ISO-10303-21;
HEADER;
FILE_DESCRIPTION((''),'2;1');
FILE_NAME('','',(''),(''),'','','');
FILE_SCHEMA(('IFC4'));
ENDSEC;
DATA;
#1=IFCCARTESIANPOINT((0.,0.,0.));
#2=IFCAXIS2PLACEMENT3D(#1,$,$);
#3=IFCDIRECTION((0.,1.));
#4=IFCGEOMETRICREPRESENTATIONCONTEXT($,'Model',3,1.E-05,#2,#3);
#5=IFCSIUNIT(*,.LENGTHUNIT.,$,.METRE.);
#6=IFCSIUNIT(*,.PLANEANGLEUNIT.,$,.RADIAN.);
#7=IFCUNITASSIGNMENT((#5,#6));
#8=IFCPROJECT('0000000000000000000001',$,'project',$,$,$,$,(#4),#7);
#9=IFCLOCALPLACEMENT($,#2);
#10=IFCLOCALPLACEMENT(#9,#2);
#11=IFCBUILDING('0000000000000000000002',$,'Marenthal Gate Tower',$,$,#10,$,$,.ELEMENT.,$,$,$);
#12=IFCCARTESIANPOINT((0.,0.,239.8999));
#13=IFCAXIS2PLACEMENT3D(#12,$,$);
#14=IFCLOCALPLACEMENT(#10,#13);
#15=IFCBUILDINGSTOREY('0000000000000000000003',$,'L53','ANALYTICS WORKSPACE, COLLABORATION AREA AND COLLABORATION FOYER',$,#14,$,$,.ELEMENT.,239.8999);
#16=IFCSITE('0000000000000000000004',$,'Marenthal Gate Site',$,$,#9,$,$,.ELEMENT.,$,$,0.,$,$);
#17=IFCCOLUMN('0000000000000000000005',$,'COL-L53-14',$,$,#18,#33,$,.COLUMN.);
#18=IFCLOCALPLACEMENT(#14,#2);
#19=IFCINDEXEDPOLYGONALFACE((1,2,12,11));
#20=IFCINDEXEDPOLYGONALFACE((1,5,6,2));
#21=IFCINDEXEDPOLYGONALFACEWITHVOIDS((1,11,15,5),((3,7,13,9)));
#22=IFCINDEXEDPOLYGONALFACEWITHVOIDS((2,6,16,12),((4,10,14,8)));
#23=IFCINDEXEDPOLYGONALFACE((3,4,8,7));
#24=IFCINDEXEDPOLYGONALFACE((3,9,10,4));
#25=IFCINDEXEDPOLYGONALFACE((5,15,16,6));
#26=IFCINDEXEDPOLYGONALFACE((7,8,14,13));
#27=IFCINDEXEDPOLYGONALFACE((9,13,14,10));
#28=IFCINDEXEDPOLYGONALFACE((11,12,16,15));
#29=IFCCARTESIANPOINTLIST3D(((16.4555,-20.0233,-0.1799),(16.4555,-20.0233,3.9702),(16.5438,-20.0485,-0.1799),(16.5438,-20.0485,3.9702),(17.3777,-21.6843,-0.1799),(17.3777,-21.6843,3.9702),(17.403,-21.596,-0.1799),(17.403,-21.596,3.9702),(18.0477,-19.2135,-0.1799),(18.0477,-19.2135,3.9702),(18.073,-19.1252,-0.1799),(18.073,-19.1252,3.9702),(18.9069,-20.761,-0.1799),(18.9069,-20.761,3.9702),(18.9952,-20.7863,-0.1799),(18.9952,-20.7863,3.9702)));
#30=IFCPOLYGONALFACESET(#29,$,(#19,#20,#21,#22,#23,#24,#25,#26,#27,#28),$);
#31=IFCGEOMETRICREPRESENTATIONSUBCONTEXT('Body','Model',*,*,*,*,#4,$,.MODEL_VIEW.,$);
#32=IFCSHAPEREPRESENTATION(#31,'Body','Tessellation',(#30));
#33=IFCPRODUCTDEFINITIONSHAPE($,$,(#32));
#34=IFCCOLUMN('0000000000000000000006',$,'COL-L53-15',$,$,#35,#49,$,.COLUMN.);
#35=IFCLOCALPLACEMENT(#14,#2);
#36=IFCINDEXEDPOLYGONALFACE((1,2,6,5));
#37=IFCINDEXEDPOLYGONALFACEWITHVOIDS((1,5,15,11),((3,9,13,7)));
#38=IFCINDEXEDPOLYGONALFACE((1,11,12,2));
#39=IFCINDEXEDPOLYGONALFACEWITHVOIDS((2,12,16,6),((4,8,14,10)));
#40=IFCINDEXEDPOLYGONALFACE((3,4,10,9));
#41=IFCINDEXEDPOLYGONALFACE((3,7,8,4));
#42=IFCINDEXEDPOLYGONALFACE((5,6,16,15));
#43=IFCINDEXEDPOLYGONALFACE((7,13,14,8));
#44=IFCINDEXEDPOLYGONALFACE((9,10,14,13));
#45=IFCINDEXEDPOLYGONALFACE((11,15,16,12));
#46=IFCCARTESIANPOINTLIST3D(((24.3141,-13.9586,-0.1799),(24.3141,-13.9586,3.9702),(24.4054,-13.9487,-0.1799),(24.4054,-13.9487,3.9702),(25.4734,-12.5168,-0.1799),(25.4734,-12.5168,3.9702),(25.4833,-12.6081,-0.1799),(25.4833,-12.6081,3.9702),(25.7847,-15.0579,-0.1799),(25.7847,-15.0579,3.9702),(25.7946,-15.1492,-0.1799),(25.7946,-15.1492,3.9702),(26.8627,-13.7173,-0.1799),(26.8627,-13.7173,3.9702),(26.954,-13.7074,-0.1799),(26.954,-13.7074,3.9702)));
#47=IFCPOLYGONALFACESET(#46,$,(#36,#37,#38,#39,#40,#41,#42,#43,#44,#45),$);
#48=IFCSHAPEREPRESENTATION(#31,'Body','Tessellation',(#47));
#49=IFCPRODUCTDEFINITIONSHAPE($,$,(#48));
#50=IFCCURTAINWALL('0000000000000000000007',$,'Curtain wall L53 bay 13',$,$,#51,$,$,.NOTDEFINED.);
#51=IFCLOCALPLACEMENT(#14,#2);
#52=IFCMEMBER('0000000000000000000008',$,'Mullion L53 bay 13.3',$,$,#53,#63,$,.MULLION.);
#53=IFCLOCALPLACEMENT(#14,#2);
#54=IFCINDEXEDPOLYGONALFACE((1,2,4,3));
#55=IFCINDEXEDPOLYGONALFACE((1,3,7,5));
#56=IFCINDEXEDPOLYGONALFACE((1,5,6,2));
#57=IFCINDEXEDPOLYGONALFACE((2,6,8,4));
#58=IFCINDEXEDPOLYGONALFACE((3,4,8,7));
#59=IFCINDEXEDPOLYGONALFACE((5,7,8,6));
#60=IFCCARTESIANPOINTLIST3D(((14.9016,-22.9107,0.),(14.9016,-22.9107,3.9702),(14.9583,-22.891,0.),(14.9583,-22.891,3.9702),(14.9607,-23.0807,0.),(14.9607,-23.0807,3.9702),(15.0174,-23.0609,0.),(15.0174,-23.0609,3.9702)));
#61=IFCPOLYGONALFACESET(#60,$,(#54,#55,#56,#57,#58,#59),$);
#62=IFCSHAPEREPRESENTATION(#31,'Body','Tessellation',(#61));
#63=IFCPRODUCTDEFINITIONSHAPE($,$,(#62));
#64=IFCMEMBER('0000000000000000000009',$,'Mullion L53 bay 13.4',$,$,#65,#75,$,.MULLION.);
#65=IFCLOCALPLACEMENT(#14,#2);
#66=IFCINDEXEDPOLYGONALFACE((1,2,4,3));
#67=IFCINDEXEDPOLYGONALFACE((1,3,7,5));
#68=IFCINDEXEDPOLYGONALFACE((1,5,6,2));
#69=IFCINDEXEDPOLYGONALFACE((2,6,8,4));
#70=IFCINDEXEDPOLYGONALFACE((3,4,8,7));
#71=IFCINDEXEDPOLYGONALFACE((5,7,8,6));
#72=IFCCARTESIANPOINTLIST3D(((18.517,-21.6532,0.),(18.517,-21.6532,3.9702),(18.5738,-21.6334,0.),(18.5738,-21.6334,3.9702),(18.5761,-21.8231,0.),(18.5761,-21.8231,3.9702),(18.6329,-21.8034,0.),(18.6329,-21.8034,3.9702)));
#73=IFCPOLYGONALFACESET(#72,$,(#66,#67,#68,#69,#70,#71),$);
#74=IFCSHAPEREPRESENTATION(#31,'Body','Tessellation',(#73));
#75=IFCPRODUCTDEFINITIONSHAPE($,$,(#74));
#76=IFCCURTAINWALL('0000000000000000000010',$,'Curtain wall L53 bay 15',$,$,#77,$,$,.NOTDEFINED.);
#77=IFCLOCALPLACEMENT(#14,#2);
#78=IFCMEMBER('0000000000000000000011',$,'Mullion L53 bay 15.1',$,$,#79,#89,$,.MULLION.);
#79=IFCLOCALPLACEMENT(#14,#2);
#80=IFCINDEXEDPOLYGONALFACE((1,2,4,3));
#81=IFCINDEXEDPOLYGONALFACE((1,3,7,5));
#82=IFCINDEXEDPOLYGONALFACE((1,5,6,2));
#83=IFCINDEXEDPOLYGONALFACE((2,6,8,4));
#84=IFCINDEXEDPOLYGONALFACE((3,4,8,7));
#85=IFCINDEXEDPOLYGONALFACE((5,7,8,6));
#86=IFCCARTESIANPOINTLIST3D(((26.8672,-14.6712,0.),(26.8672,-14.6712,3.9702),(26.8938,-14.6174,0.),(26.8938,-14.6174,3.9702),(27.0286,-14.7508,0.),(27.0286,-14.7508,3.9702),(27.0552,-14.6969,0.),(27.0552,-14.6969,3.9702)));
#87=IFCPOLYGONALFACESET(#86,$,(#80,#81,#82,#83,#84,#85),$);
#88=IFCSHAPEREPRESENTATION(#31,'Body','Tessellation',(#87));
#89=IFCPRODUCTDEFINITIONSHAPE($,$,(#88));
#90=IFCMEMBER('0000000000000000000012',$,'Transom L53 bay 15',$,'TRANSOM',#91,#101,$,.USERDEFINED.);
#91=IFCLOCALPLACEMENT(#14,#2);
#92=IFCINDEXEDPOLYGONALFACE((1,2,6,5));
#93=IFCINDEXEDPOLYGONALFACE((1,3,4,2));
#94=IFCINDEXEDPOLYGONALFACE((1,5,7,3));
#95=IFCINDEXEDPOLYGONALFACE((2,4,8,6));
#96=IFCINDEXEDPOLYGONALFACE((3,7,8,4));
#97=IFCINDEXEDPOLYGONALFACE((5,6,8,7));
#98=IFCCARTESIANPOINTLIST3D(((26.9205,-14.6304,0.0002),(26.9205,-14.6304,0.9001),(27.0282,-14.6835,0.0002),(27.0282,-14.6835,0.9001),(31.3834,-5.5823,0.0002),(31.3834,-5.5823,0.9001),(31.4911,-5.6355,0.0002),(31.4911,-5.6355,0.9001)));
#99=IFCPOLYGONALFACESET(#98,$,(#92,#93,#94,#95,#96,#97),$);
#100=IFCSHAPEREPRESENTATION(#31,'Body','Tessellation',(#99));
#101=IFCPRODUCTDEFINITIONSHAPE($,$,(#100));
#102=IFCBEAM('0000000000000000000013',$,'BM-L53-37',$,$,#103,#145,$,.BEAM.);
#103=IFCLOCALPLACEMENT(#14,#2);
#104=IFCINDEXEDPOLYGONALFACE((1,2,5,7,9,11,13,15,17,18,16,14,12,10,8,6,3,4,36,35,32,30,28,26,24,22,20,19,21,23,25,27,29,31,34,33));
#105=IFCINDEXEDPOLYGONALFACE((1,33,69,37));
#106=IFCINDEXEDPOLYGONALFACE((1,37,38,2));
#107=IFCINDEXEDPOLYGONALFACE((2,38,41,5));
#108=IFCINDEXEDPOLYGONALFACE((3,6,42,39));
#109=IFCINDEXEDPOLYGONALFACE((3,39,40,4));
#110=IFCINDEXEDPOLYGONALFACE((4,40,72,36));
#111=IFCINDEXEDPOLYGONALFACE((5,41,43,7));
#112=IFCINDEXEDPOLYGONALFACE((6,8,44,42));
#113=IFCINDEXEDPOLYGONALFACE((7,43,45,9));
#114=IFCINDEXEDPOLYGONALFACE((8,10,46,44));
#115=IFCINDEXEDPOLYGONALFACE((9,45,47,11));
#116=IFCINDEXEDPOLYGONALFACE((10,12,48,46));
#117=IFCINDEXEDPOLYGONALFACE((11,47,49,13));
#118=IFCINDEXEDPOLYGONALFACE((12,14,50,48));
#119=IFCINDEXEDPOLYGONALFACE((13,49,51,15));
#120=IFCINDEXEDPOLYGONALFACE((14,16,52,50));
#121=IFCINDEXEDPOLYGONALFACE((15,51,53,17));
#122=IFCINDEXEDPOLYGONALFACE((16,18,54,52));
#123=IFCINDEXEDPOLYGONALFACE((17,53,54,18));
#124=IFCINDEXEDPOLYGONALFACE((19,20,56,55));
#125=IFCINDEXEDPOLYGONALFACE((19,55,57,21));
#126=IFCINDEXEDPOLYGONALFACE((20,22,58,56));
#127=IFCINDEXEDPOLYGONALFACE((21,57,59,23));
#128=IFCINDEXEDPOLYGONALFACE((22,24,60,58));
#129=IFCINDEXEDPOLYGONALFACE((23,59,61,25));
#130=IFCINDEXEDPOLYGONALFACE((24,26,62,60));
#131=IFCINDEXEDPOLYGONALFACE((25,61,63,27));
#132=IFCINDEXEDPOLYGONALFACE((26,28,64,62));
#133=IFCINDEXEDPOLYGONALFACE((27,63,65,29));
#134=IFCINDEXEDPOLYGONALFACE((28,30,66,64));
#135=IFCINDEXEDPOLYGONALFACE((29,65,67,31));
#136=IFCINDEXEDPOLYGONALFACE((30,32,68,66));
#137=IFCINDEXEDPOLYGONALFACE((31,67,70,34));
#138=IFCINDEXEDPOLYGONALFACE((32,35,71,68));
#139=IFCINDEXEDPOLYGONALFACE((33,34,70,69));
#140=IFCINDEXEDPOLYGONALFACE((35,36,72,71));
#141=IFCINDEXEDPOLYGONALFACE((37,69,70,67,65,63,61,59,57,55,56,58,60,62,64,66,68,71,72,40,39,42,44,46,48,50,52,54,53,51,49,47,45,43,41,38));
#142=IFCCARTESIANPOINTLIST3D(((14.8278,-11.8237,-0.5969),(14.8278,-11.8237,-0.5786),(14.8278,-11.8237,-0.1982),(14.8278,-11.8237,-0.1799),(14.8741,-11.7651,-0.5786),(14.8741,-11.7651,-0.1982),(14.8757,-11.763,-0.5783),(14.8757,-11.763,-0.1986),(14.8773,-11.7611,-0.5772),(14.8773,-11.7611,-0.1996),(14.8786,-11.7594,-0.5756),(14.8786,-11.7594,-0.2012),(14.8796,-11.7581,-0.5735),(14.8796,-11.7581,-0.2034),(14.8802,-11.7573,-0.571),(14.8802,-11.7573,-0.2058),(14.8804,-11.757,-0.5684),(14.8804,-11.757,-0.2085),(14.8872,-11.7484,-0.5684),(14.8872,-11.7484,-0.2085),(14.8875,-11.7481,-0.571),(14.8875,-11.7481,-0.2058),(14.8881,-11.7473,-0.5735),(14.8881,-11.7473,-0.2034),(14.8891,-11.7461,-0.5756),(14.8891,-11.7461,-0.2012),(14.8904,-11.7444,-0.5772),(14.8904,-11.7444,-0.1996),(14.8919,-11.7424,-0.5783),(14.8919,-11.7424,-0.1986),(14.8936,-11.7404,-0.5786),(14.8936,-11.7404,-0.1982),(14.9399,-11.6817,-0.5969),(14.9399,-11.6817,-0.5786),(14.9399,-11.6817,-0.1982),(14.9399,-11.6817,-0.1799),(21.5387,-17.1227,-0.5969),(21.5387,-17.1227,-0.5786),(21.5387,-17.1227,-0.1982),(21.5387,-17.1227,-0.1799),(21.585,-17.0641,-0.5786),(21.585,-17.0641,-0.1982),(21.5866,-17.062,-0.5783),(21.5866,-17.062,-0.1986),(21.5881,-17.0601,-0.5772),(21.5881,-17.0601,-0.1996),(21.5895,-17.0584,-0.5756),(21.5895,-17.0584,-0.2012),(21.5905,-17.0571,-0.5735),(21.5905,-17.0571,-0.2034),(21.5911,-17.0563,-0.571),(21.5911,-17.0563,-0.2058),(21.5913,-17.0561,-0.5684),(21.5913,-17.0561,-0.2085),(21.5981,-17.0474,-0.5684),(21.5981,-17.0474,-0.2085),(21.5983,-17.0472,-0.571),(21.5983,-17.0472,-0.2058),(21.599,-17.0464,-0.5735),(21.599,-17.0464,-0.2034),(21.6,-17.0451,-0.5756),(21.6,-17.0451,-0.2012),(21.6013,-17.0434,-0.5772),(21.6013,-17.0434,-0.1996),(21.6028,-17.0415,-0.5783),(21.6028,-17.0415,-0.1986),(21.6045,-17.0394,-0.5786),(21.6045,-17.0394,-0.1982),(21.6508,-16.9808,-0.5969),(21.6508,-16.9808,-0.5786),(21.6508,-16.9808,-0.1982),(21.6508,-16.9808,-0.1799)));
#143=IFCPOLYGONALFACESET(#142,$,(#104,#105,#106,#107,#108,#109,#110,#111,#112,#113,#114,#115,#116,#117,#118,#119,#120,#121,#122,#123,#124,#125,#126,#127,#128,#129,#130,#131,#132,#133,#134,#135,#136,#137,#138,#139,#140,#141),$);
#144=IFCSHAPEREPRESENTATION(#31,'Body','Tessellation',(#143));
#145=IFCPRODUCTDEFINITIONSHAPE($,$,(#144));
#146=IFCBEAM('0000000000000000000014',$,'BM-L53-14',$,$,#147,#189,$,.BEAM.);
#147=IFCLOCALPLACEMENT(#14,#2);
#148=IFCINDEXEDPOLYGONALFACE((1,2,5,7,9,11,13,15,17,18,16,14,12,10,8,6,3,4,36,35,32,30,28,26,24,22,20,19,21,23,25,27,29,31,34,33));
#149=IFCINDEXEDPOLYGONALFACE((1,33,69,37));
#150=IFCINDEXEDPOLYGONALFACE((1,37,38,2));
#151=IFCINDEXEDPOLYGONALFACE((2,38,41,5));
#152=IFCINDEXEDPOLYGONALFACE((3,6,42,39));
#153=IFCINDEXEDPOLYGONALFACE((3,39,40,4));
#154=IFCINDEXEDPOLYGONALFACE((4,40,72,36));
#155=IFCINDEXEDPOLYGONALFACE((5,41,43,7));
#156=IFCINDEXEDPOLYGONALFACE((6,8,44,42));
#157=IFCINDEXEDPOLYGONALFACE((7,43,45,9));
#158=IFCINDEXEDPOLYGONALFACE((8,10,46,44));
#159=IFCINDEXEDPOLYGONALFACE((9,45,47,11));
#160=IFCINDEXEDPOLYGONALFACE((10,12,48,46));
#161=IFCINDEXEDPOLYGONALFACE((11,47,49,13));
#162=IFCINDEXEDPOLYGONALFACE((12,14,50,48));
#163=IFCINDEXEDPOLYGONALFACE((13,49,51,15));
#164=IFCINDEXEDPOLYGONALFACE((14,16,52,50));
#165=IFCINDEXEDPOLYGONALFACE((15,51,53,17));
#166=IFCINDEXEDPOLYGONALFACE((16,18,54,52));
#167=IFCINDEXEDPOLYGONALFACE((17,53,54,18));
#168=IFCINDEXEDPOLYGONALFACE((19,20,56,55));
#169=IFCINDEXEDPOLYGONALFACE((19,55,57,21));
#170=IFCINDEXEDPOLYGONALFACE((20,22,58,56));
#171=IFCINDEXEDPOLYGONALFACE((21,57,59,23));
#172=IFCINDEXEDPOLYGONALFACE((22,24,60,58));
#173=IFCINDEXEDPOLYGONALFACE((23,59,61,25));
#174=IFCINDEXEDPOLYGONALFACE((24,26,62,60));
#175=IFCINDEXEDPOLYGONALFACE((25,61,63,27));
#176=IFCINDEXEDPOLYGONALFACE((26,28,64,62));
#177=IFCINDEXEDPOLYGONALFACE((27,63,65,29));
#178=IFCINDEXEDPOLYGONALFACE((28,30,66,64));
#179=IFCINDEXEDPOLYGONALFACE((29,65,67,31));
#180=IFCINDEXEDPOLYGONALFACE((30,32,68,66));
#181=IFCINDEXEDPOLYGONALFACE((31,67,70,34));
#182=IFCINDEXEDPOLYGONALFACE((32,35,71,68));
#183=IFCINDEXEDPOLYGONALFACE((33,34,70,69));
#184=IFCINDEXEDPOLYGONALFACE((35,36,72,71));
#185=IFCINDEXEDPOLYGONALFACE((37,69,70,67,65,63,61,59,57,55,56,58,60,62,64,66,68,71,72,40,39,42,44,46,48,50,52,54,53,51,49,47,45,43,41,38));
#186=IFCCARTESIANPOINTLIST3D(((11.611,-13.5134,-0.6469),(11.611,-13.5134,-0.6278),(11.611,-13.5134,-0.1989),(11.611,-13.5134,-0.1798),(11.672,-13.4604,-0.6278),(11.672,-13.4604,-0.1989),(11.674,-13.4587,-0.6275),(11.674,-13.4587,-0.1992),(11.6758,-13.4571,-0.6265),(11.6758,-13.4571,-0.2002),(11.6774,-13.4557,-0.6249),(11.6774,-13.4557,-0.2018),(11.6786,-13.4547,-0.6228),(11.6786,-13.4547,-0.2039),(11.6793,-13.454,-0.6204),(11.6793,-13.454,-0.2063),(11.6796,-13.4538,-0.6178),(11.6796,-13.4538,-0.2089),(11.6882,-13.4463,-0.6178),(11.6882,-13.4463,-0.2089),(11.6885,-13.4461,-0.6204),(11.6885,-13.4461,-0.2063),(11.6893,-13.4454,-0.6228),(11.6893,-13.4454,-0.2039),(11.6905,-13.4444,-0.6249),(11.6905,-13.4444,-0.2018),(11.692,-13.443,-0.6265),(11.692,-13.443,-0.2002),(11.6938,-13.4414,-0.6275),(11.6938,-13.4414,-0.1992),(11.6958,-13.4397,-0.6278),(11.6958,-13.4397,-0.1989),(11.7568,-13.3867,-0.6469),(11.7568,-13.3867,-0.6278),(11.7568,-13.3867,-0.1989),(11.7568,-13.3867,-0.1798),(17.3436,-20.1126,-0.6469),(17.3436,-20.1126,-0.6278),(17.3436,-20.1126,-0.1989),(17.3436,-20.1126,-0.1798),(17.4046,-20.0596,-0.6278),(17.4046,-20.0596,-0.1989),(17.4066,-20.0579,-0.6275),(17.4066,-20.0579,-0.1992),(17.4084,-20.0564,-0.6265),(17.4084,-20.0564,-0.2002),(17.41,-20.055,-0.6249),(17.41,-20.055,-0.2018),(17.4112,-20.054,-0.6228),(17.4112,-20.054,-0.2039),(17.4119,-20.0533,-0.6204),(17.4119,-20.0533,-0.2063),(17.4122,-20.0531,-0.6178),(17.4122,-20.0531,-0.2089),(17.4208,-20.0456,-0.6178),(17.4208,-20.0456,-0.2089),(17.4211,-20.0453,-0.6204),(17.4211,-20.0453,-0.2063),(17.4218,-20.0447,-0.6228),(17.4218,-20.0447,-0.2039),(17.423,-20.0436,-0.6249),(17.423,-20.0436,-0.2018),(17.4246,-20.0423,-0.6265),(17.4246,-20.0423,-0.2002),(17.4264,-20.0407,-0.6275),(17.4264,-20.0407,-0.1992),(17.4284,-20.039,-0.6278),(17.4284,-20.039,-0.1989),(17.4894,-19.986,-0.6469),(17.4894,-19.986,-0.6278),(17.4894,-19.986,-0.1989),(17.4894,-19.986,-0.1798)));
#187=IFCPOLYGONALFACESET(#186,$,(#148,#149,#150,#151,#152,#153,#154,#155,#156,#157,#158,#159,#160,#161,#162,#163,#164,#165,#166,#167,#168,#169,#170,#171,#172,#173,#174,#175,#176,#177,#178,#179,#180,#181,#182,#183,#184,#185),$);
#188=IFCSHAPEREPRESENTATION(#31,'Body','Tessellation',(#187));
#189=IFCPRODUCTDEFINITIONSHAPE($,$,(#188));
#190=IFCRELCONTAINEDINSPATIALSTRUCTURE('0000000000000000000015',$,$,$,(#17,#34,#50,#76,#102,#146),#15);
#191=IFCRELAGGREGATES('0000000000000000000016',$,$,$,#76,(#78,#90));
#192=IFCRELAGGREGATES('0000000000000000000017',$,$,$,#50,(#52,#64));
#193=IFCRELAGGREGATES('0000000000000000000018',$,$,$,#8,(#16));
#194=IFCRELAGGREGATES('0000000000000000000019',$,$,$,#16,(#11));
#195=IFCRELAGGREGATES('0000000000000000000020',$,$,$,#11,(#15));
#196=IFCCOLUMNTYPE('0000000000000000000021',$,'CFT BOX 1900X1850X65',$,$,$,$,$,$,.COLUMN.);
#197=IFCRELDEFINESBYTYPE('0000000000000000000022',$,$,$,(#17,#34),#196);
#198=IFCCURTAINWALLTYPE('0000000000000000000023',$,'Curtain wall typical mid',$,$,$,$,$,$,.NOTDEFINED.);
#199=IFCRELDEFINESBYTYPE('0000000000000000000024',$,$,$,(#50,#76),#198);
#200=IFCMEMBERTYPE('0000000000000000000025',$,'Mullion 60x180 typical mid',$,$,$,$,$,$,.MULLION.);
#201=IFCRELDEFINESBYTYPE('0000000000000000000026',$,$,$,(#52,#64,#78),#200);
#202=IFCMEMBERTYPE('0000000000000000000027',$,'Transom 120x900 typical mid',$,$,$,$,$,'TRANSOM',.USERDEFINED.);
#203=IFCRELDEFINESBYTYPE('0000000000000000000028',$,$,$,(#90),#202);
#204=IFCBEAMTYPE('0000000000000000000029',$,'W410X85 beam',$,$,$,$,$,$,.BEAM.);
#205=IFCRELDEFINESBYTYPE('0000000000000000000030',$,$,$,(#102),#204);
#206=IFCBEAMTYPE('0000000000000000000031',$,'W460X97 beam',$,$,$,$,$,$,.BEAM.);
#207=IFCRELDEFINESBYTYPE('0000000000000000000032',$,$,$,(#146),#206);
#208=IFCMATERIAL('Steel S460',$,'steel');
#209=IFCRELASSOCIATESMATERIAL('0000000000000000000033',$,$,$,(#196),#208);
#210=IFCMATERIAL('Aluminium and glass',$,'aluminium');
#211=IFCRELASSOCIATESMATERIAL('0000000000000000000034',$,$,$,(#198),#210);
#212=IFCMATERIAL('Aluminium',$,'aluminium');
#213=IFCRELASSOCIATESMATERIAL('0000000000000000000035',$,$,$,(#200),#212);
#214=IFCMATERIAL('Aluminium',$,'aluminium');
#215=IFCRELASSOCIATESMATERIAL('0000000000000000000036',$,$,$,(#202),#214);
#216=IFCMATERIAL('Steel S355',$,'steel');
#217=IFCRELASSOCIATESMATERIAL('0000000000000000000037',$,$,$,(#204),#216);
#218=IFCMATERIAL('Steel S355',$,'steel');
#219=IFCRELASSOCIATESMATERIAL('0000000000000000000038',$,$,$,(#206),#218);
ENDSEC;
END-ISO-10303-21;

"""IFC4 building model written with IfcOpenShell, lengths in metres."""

from ifc_helpers import new_model, si_unit, direction, frame, origin, origin_2d, place, context, subcontext, project, spatial, rectangle, hollow_rectangle, i_section, extrude, material, material_profile, profile_set, type_object, element, aggregate, save


model = new_model("IFC4")

# Units and contexts
model_context = context("Model", 3, precision=1e-05, world=origin(), true_north=direction((0.0, 1.0)))
body_context = subcontext(model_context, "Body", "Model", "MODEL_VIEW")
ifc_project = project(units=[si_unit("LENGTHUNIT", "METRE"), si_unit("PLANEANGLEUNIT", "RADIAN")], contexts=[model_context])

# Site, building, storey
site_placement = place(None, origin())
site = spatial("IfcSite", under=ifc_project, at=site_placement, Name="Marenthal Gate Site", CompositionType="ELEMENT", RefElevation=0.0)
building_placement = place(site_placement, origin())
building = spatial("IfcBuilding", under=site, at=building_placement, Name="Marenthal Gate Tower", CompositionType="ELEMENT")
storey_placement = place(building_placement, frame((0.0, 0.0, 239.8999)))
storey = spatial("IfcBuildingStorey", under=building, at=storey_placement, Name="L53", Description="ANALYTICS WORKSPACE, COLLABORATION AREA AND COLLABORATION FOYER", CompositionType="ELEMENT", Elevation=239.8999)

# Columns
ifc_material_1 = material(Name="Steel S460", Category="steel")
ifc_material_profile_1 = material_profile(ifc_material_1, hollow_rectangle(XDim=1.8501, YDim=1.8999, WallThickness=0.0649, at=origin_2d()), Name="CFT BOX 1900X1850X65")
ifc_material_2 = material(Name="Concrete 70 MPa", Category="concrete")
ifc_material_profile_2 = material_profile(ifc_material_2, rectangle(XDim=1.72, YDim=1.77, at=origin_2d()), Name="CFT BOX 1900X1850X65 INFILL")
ifc_profile_set_1 = profile_set([ifc_material_profile_1, ifc_material_profile_2], Name="Steel S460 shell, Concrete 70 MPa infill")
column_type = type_object("IfcColumnType", Name="CFT BOX 1900X1850X65", PredefinedType="COLUMN", material=ifc_profile_set_1)
for number, where, z_axis, x_axis, name in (
    (1, (17.7253, -20.4048, -0.1799), (0.0, 0.0, 1.0), (-0.874282, -0.485419, 0.0), "COL-L53-14"),
    (2, (25.634, -13.833, -0.1799), (0.0, 0.0, 1.0), (-0.626651, -0.7793, 0.0), "COL-L53-15"),
):
    element("IfcColumn", number, at=place(storey_placement, frame(where, z_axis=z_axis, x_axis=x_axis)), inside=storey, type_object=column_type, Name=name, PredefinedType="COLUMN", context=body_context, shape_type="SweptSolid", body=[
        extrude(hollow_rectangle(XDim=1.8501, YDim=1.8999, WallThickness=0.0649, at=origin_2d()), origin(), (0.0, 0.0, 1.0), 4.1501),
    ])

# Curtain walls, members
ifc_material_3 = material(Name="Aluminium and glass", Category="aluminium")
curtain_wall_type = type_object("IfcCurtainWallType", Name="Curtain wall typical mid", PredefinedType="NOTDEFINED", material=ifc_material_3)
curtain_wall_1_placement = place(storey_placement, origin())
curtain_wall_1 = element("IfcCurtainWall", 3, at=curtain_wall_1_placement, inside=storey, type_object=curtain_wall_type, Name="Curtain wall L53 bay 13", PredefinedType="NOTDEFINED")
ifc_material_4 = material(Name="Aluminium", Category="aluminium")
ifc_material_profile_3 = material_profile(ifc_material_4, rectangle(XDim=0.1799, YDim=0.0601, at=origin_2d()), Name="60x180 aluminium mullion")
ifc_profile_set_2 = profile_set([ifc_material_profile_3], Name="Aluminium")
member_type_1 = type_object("IfcMemberType", Name="Mullion 60x180 typical mid", PredefinedType="MULLION", material=ifc_profile_set_2)
member_1_placement = place(storey_placement, frame((14.9595, -22.9858, 0.0), z_axis=(0.0, 0.0, 1.0), x_axis=(-0.32854, 0.94449, 0.0)))
member_1 = element("IfcMember", 4, at=member_1_placement, type_object=member_type_1, Name="Mullion L53 bay 13.3", PredefinedType="MULLION", context=body_context, shape_type="SweptSolid", body=[
    extrude(rectangle(XDim=0.1799, YDim=0.0601, at=origin_2d()), origin(), (0.0, 0.0, 1.0), 3.9702),
])
member_2_placement = place(storey_placement, frame((18.575, -21.7283, 0.0), z_axis=(0.0, 0.0, 1.0), x_axis=(-0.32854, 0.94449, 0.0)))
member_2 = element("IfcMember", 5, at=member_2_placement, type_object=member_type_1, Name="Mullion L53 bay 13.4", PredefinedType="MULLION", context=body_context, shape_type="SweptSolid", body=[
    extrude(rectangle(XDim=0.1799, YDim=0.0601, at=origin_2d()), origin(), (0.0, 0.0, 1.0), 3.9702),
])
curtain_wall_2_placement = place(storey_placement, origin())
curtain_wall_2 = element("IfcCurtainWall", 6, at=curtain_wall_2_placement, inside=storey, type_object=curtain_wall_type, Name="Curtain wall L53 bay 15", PredefinedType="NOTDEFINED")
member_3_placement = place(storey_placement, frame((26.9612, -14.6841, 0.0), z_axis=(0.0, 0.0, 1.0), x_axis=(-0.896835, 0.442364, 0.0)))
member_3 = element("IfcMember", 7, at=member_3_placement, type_object=member_type_1, Name="Mullion L53 bay 15.1", PredefinedType="MULLION", context=body_context, shape_type="SweptSolid", body=[
    extrude(rectangle(XDim=0.1799, YDim=0.0601, at=origin_2d()), origin(), (0.0, 0.0, 1.0), 3.9702),
])
ifc_material_5 = material(Name="Aluminium", Category="aluminium")
ifc_material_profile_4 = material_profile(ifc_material_5, rectangle(XDim=0.1201, YDim=0.8999, at=origin_2d()), Name="120x900 aluminium transom")
ifc_profile_set_3 = profile_set([ifc_material_profile_4], Name="Aluminium")
member_type_2 = type_object("IfcMemberType", Name="Transom 120x900 typical mid", ElementType="TRANSOM", PredefinedType="USERDEFINED", material=ifc_profile_set_3)
member_4_placement = place(storey_placement, frame((26.9744, -14.657, 0.4502), z_axis=(0.442358, 0.896839, 0.0), x_axis=(-0.896839, 0.442358, 0.0)))
member_4 = element("IfcMember", 8, at=member_4_placement, type_object=member_type_2, Name="Transom L53 bay 15", ObjectType="TRANSOM", PredefinedType="USERDEFINED", context=body_context, shape_type="SweptSolid", body=[
    extrude(rectangle(XDim=0.1201, YDim=0.8999, at=origin_2d()), origin(), (0.0, 0.0, 1.0), 10.0889),
])
aggregate(curtain_wall_2, [member_3, member_4])

# Beams
ifc_material_6 = material(Name="Steel S355", Category="steel")
ifc_material_profile_5 = material_profile(ifc_material_6, i_section(OverallWidth=0.1809, OverallDepth=0.417, WebThickness=0.011, FlangeThickness=0.0183, FilletRadius=0.0103, at=origin_2d()), Name="W410X85")
ifc_profile_set_4 = profile_set([ifc_material_profile_5], Name="Steel S355")
beam_type_1 = type_object("IfcBeamType", Name="W410X85 beam", PredefinedType="BEAM", material=ifc_profile_set_4)
beam_1_placement = place(storey_placement, frame((21.5947, -17.0518, -0.3884), z_axis=(-0.784828, 0.619714, 0.0), x_axis=(-0.619714, -0.784828, 0.0)))
element("IfcBeam", 9, at=beam_1_placement, inside=storey, type_object=beam_type_1, Name="BM-L53-37", PredefinedType="BEAM", context=body_context, shape_type="SweptSolid", body=[
    extrude(i_section(OverallWidth=0.1809, OverallDepth=0.417, WebThickness=0.011, FlangeThickness=0.0183, FilletRadius=0.0103, at=origin_2d()), origin(), (0.0, 0.0, 1.0), 8.5508),
])
ifc_material_7 = material(Name="Steel S355", Category="steel")
ifc_material_profile_6 = material_profile(ifc_material_7, i_section(OverallWidth=0.1931, OverallDepth=0.467, WebThickness=0.0115, FlangeThickness=0.019, FilletRadius=0.01, at=origin_2d()), Name="W460X97")
ifc_profile_set_5 = profile_set([ifc_material_profile_6], Name="Steel S355")
beam_type_2 = type_object("IfcBeamType", Name="W460X97 beam", PredefinedType="BEAM", material=ifc_profile_set_5)
beam_2_placement = place(storey_placement, frame((17.4165, -20.0493, -0.4133), z_axis=(-0.655793, 0.75494, 0.0), x_axis=(-0.75494, -0.655793, 0.0)))
element("IfcBeam", 10, at=beam_2_placement, inside=storey, type_object=beam_type_2, Name="BM-L53-14", PredefinedType="BEAM", context=body_context, shape_type="SweptSolid", body=[
    extrude(i_section(OverallWidth=0.1931, OverallDepth=0.467, WebThickness=0.0115, FlangeThickness=0.019, FilletRadius=0.01, at=origin_2d()), origin(), (0.0, 0.0, 1.0), 8.7415),
])

aggregate(curtain_wall_1, [member_1, member_2])

save(model, "model.ifc")
